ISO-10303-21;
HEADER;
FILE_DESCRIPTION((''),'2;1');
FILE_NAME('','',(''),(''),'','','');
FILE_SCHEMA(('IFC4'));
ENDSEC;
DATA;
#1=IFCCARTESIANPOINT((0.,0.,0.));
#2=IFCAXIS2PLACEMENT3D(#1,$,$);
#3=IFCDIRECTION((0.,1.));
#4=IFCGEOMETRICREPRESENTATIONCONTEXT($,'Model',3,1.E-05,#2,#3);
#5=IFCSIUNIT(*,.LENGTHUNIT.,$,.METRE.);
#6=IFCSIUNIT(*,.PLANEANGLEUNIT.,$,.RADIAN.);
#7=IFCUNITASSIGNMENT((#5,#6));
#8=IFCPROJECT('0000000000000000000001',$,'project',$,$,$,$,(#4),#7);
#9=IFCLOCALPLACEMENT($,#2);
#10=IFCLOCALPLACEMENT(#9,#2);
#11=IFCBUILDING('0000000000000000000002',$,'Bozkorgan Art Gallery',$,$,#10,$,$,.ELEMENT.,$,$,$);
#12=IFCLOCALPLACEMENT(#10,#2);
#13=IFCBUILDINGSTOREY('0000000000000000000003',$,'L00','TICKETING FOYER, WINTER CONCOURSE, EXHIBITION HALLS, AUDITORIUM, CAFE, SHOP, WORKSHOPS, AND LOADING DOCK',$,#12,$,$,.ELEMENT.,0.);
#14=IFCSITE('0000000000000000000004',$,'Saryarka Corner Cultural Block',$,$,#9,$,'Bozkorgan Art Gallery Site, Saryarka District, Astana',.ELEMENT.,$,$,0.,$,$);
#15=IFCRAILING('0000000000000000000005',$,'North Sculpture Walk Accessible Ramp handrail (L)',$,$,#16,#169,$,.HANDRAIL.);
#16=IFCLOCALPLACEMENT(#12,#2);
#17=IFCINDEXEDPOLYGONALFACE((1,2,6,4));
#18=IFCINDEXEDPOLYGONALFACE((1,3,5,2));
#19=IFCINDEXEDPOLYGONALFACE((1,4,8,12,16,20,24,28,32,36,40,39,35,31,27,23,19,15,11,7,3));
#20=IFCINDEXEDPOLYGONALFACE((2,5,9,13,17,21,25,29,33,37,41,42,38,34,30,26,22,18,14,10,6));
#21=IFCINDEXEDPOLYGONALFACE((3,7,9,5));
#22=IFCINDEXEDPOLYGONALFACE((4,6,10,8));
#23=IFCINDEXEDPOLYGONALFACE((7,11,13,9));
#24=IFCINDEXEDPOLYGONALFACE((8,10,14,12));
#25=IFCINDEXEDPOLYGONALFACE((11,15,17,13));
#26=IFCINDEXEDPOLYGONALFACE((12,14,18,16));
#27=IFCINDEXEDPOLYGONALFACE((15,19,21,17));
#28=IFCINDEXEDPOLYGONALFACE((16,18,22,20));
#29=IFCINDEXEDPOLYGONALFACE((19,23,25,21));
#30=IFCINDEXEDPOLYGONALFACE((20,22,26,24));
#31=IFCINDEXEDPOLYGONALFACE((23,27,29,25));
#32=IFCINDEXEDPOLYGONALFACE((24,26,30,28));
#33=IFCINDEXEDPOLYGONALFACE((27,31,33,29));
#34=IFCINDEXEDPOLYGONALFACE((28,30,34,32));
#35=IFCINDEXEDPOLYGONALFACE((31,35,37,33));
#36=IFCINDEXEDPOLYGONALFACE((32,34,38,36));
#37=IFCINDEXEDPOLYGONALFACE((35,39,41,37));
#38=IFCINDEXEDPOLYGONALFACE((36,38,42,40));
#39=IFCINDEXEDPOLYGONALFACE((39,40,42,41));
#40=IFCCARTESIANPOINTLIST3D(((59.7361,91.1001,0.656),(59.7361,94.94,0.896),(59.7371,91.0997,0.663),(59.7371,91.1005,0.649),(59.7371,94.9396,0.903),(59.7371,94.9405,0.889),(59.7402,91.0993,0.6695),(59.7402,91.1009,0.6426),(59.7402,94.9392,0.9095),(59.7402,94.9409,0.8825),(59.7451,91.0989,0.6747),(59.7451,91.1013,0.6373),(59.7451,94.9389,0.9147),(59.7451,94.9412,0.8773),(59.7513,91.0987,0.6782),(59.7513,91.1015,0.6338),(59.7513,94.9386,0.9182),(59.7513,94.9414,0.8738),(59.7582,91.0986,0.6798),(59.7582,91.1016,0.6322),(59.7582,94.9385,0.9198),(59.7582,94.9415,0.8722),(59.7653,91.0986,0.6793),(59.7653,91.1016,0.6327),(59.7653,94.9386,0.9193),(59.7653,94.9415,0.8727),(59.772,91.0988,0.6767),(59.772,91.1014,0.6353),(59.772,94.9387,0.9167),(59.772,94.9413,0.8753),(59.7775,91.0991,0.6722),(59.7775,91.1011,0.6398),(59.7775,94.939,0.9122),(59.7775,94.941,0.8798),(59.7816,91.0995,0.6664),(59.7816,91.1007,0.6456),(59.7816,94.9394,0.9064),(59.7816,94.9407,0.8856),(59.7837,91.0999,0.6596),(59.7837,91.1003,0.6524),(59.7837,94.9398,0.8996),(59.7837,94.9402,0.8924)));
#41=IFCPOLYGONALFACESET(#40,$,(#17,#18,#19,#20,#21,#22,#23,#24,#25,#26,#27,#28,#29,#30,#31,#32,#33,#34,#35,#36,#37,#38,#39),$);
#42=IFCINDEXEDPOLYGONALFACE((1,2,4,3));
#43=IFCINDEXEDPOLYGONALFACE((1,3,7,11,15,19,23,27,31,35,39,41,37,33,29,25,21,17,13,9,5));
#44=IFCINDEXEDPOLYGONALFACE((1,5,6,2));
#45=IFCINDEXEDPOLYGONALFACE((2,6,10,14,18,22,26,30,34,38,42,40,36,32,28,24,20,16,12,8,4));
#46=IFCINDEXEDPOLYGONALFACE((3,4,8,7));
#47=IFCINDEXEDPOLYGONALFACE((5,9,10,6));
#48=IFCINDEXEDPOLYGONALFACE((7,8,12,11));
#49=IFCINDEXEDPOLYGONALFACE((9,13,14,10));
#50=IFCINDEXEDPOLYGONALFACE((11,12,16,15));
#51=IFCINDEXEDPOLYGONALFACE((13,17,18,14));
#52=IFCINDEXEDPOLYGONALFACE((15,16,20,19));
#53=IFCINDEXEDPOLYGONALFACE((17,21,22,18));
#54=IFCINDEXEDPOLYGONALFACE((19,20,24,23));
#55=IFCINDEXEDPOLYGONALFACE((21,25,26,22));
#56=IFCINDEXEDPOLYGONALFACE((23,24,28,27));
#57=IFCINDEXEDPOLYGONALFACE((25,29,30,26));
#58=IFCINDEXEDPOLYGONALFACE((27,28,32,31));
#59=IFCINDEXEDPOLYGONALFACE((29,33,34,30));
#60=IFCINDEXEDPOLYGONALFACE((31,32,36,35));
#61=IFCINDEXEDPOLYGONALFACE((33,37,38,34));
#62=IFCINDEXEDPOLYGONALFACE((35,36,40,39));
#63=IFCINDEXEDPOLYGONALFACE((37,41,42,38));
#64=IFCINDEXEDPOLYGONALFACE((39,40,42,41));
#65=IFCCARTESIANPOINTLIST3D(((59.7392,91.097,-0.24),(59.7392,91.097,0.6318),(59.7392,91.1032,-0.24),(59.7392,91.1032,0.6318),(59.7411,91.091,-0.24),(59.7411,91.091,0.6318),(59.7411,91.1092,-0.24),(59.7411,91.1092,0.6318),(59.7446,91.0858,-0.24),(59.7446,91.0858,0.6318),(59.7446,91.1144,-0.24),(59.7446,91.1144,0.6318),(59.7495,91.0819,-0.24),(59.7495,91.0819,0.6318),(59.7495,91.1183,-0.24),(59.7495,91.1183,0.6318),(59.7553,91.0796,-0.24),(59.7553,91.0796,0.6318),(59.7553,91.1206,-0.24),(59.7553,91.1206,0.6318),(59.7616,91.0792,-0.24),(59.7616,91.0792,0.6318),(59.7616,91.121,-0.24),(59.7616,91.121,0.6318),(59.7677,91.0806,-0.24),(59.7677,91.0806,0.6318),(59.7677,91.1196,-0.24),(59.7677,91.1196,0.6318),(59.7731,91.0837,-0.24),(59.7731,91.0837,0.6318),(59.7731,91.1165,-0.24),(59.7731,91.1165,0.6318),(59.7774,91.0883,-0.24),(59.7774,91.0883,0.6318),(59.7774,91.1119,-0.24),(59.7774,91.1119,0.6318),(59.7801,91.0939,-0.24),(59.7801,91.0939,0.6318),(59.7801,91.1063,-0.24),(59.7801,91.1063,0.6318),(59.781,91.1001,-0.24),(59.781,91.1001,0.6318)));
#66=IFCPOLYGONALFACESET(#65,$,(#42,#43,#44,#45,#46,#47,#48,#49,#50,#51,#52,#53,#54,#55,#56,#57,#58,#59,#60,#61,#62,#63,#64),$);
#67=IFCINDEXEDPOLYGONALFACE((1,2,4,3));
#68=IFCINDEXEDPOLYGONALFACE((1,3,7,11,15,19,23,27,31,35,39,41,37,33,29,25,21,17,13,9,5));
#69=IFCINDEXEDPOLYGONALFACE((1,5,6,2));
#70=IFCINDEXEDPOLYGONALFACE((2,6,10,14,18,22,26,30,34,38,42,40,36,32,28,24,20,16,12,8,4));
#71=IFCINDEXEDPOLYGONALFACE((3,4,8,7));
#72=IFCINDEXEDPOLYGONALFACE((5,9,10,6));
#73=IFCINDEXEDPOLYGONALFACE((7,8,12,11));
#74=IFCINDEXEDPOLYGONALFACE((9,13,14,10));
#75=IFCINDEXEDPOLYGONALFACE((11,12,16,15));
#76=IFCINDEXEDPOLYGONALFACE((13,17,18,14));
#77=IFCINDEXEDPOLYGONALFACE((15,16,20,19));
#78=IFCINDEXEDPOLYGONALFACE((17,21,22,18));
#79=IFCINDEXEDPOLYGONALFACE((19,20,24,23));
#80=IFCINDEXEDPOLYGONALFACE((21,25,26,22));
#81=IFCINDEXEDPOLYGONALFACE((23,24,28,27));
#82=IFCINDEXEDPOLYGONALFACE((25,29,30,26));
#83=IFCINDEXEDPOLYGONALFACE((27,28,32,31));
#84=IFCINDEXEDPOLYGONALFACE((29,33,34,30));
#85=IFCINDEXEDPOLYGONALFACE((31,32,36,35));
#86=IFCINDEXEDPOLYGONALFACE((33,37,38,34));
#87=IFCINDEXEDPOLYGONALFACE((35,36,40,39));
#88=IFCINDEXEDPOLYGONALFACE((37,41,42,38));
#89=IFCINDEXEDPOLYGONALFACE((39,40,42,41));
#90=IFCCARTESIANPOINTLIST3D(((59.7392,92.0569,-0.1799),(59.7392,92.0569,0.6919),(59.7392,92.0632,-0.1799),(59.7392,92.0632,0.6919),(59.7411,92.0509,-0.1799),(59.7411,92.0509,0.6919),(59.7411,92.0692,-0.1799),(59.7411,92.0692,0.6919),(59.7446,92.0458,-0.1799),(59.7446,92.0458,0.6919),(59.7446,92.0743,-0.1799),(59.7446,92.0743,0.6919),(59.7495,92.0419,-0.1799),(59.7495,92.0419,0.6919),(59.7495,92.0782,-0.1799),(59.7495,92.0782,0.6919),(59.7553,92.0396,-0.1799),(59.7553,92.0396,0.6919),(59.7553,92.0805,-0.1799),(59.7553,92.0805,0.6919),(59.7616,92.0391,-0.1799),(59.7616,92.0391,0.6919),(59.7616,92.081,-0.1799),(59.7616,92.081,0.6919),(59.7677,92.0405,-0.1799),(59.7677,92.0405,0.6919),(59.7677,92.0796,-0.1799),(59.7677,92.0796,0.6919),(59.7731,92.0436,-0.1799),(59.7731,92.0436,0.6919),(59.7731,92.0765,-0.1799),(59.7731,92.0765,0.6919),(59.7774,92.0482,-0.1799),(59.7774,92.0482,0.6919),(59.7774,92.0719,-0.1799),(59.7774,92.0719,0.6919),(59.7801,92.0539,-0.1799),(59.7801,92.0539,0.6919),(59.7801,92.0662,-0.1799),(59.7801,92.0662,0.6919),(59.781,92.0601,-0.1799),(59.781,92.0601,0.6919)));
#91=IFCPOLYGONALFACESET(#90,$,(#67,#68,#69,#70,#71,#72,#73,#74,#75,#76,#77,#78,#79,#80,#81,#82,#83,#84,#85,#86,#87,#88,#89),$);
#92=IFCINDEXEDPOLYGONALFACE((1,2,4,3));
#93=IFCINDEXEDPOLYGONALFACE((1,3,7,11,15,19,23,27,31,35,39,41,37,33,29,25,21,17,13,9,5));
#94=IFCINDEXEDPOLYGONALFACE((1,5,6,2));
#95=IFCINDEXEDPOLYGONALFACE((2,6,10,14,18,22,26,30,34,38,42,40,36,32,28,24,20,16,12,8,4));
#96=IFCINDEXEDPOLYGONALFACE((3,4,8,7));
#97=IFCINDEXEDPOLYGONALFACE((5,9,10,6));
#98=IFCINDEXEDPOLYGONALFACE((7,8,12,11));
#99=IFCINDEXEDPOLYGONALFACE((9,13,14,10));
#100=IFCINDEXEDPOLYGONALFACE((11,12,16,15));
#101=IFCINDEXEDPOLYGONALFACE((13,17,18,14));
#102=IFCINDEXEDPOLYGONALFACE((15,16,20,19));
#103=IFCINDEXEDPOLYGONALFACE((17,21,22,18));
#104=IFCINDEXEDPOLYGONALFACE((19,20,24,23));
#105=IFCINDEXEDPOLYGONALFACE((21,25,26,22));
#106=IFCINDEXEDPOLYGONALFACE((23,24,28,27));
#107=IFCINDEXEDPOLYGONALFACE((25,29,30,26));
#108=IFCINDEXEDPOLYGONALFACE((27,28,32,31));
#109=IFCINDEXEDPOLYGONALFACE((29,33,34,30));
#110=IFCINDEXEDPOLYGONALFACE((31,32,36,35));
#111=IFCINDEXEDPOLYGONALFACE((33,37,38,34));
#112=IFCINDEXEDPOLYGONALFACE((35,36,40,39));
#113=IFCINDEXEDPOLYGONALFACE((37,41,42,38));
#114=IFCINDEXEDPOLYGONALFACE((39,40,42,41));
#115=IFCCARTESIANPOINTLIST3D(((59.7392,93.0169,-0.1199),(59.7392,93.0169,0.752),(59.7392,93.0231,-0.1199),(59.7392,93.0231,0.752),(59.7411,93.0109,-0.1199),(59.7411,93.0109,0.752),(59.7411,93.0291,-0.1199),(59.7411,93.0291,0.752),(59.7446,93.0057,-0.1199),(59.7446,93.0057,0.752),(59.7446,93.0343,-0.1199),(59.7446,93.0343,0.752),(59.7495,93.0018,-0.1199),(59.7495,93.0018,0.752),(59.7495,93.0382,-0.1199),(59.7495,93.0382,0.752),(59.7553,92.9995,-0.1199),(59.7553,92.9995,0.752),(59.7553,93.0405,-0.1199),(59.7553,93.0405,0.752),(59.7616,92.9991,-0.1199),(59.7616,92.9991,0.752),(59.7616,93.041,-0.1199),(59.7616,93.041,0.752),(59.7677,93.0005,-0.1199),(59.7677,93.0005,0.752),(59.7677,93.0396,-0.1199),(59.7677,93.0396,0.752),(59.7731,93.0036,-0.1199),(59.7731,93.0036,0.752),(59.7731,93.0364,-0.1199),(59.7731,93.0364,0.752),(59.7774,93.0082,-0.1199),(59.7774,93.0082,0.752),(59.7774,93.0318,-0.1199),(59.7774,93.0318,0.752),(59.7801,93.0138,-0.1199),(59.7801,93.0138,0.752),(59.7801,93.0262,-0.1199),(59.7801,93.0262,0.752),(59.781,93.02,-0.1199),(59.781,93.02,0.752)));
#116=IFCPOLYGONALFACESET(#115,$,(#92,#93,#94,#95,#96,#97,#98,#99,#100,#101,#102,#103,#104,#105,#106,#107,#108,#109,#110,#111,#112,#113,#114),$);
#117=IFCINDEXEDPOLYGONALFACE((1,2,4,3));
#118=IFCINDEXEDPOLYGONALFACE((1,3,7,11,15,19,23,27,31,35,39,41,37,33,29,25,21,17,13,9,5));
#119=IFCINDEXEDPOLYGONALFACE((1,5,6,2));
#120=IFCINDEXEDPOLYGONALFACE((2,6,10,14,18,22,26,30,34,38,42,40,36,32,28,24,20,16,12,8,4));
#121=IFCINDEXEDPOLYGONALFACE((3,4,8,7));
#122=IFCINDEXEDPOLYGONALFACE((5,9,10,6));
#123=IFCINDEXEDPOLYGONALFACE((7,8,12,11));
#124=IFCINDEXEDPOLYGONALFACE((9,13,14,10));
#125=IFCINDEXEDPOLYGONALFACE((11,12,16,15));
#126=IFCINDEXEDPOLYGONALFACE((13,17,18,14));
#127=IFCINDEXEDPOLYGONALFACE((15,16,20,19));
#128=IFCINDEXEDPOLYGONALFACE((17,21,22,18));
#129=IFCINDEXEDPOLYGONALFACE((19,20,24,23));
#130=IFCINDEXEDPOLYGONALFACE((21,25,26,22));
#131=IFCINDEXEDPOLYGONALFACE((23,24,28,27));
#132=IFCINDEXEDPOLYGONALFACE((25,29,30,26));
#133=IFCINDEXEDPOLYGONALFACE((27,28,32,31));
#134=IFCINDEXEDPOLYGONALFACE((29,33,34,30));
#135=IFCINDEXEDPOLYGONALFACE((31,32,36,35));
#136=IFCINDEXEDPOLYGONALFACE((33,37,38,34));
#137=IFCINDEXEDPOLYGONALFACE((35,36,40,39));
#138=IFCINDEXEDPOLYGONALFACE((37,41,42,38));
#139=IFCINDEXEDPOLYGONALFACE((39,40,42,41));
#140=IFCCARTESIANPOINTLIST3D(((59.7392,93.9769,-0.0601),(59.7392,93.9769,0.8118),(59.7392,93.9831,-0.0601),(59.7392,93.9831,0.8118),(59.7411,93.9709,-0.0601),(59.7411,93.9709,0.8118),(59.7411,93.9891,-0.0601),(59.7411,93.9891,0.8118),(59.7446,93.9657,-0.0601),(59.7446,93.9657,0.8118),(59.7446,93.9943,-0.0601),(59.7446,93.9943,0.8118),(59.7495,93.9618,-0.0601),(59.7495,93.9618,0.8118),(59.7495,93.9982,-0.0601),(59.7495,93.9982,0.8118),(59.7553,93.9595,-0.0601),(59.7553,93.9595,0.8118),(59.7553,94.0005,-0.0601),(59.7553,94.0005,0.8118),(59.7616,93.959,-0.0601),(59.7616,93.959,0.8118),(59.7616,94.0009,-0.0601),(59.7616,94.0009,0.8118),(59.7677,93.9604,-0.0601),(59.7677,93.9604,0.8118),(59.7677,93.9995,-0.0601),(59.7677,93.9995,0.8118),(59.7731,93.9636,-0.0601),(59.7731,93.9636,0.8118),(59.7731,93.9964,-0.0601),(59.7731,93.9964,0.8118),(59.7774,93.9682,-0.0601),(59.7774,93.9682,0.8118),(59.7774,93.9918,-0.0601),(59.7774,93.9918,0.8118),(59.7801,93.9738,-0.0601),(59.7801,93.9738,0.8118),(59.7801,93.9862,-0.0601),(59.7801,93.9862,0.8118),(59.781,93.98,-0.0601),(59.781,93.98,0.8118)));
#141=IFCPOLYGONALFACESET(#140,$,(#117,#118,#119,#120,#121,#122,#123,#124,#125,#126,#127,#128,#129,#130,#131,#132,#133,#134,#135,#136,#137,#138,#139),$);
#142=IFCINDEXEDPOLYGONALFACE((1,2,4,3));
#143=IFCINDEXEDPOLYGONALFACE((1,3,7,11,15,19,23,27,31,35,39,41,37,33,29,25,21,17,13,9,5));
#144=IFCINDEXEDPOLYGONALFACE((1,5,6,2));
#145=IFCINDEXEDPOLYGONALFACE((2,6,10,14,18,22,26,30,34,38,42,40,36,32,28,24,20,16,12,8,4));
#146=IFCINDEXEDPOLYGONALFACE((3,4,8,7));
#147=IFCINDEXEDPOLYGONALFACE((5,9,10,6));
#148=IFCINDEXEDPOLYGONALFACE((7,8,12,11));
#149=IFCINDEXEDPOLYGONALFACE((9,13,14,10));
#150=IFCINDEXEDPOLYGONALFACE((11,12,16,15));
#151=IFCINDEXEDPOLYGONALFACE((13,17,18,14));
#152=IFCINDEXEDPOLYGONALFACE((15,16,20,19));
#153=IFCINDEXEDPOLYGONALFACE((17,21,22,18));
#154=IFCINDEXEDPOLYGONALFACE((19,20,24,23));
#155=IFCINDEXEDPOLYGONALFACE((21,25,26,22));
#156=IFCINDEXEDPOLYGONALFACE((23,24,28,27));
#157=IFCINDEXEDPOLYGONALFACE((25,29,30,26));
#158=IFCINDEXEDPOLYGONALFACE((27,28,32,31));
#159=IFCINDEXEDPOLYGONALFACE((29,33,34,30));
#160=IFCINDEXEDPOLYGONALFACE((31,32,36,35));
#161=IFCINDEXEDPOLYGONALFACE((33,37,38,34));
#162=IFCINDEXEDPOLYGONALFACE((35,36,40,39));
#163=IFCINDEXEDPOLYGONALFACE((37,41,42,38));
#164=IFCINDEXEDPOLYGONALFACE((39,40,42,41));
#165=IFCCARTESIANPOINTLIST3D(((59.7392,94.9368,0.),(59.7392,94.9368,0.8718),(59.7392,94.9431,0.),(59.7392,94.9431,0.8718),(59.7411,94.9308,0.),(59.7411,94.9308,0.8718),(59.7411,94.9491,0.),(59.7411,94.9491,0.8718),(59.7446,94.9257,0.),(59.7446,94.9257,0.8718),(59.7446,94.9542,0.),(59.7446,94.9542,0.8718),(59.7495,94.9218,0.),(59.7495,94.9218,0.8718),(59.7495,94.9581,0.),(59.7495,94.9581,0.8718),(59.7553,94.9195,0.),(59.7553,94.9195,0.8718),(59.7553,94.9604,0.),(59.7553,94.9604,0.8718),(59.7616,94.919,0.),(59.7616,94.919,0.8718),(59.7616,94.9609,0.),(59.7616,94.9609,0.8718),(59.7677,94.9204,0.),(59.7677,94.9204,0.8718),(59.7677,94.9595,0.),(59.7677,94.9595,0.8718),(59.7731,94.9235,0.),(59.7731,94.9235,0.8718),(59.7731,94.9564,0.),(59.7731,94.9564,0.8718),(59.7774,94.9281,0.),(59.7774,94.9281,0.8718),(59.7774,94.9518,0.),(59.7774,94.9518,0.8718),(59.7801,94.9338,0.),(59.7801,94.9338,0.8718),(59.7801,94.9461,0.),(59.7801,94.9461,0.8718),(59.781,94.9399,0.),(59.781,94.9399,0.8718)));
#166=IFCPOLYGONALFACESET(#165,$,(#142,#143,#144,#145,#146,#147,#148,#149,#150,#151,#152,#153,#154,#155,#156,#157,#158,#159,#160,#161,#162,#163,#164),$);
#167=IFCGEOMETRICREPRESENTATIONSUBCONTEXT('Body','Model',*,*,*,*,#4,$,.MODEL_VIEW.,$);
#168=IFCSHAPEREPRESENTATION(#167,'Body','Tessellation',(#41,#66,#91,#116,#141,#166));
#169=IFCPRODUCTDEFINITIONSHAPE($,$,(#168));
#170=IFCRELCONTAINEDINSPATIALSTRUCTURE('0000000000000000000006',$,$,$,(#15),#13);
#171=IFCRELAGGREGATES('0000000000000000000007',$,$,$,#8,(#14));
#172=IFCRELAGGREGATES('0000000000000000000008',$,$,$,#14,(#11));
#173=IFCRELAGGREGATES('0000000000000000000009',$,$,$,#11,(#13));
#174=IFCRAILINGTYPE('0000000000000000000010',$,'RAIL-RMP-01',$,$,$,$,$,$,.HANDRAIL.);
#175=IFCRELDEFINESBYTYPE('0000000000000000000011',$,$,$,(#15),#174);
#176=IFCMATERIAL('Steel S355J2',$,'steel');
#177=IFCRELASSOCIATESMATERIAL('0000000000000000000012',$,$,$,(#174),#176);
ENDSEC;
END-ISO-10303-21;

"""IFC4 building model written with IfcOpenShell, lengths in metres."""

from ifc_helpers import new_model, si_unit, direction, frame, origin, origin_2d, place, context, subcontext, project, spatial, circle, extrude, material, type_object, element, save


model = new_model("IFC4")

# Units and contexts
model_context = context("Model", 3, precision=1e-05, world=origin(), true_north=direction((0.0, 1.0)))
body_context = subcontext(model_context, "Body", "Model", "MODEL_VIEW")
ifc_project = project(units=[si_unit("LENGTHUNIT", "METRE"), si_unit("PLANEANGLEUNIT", "RADIAN")], contexts=[model_context])

# Site, building, storey
site_placement = place(None, origin())
site = spatial("IfcSite", under=ifc_project, at=site_placement, Name="Saryarka Corner Cultural Block", LongName="Bozkorgan Art Gallery Site, Saryarka District, Astana", CompositionType="ELEMENT", RefElevation=0.0)
building_placement = place(site_placement, origin())
building = spatial("IfcBuilding", under=site, at=building_placement, Name="Bozkorgan Art Gallery", CompositionType="ELEMENT")
storey_placement = place(building_placement, origin())
storey = spatial("IfcBuildingStorey", under=building, at=storey_placement, Name="L00", Description="TICKETING FOYER, WINTER CONCOURSE, EXHIBITION HALLS, AUDITORIUM, CAFE, SHOP, WORKSHOPS, AND LOADING DOCK", CompositionType="ELEMENT", Elevation=0.0)

# Shared definitions
ifc_material_1 = material(Name="Steel S355J2", Category="steel")

# Railing
railing_type = type_object("IfcRailingType", Name="RAIL-RMP-01", PredefinedType="HANDRAIL", material=ifc_material_1)
for number, where, name in (
    (1, (59.76, 91.1001, -0.24), "North Sculpture Walk Accessible Ramp handrail (L)"),
):
    element("IfcRailing", number, at=place(storey_placement, frame(where)), inside=storey, type_object=railing_type, Name=name, PredefinedType="HANDRAIL", context=body_context, shape_type="SweptSolid", body=[
        extrude(circle(Radius=0.0239, at=origin_2d()), frame((0.0, 0.0, 0.896), z_axis=(0.0, 0.998053, 0.062378), x_axis=(-1.0, 0.0, 0.0)), (0.0, 0.0, 1.0), 3.8474),
        extrude(circle(Radius=0.021, at=origin_2d()), origin(), (0.0, 0.0, 1.0), 0.8718),
        extrude(circle(Radius=0.021, at=origin_2d()), frame((0.0, 0.96, 0.0601)), (0.0, 0.0, 1.0), 0.8718),
        extrude(circle(Radius=0.021, at=origin_2d()), frame((0.0, 1.9199, 0.1201)), (0.0, 0.0, 1.0), 0.8718),
        extrude(circle(Radius=0.021, at=origin_2d()), frame((0.0, 2.8799, 0.1799)), (0.0, 0.0, 1.0), 0.8718),
        extrude(circle(Radius=0.021, at=origin_2d()), frame((0.0, 3.8398, 0.24)), (0.0, 0.0, 1.0), 0.8718),
    ])

save(model, "model.ifc")
